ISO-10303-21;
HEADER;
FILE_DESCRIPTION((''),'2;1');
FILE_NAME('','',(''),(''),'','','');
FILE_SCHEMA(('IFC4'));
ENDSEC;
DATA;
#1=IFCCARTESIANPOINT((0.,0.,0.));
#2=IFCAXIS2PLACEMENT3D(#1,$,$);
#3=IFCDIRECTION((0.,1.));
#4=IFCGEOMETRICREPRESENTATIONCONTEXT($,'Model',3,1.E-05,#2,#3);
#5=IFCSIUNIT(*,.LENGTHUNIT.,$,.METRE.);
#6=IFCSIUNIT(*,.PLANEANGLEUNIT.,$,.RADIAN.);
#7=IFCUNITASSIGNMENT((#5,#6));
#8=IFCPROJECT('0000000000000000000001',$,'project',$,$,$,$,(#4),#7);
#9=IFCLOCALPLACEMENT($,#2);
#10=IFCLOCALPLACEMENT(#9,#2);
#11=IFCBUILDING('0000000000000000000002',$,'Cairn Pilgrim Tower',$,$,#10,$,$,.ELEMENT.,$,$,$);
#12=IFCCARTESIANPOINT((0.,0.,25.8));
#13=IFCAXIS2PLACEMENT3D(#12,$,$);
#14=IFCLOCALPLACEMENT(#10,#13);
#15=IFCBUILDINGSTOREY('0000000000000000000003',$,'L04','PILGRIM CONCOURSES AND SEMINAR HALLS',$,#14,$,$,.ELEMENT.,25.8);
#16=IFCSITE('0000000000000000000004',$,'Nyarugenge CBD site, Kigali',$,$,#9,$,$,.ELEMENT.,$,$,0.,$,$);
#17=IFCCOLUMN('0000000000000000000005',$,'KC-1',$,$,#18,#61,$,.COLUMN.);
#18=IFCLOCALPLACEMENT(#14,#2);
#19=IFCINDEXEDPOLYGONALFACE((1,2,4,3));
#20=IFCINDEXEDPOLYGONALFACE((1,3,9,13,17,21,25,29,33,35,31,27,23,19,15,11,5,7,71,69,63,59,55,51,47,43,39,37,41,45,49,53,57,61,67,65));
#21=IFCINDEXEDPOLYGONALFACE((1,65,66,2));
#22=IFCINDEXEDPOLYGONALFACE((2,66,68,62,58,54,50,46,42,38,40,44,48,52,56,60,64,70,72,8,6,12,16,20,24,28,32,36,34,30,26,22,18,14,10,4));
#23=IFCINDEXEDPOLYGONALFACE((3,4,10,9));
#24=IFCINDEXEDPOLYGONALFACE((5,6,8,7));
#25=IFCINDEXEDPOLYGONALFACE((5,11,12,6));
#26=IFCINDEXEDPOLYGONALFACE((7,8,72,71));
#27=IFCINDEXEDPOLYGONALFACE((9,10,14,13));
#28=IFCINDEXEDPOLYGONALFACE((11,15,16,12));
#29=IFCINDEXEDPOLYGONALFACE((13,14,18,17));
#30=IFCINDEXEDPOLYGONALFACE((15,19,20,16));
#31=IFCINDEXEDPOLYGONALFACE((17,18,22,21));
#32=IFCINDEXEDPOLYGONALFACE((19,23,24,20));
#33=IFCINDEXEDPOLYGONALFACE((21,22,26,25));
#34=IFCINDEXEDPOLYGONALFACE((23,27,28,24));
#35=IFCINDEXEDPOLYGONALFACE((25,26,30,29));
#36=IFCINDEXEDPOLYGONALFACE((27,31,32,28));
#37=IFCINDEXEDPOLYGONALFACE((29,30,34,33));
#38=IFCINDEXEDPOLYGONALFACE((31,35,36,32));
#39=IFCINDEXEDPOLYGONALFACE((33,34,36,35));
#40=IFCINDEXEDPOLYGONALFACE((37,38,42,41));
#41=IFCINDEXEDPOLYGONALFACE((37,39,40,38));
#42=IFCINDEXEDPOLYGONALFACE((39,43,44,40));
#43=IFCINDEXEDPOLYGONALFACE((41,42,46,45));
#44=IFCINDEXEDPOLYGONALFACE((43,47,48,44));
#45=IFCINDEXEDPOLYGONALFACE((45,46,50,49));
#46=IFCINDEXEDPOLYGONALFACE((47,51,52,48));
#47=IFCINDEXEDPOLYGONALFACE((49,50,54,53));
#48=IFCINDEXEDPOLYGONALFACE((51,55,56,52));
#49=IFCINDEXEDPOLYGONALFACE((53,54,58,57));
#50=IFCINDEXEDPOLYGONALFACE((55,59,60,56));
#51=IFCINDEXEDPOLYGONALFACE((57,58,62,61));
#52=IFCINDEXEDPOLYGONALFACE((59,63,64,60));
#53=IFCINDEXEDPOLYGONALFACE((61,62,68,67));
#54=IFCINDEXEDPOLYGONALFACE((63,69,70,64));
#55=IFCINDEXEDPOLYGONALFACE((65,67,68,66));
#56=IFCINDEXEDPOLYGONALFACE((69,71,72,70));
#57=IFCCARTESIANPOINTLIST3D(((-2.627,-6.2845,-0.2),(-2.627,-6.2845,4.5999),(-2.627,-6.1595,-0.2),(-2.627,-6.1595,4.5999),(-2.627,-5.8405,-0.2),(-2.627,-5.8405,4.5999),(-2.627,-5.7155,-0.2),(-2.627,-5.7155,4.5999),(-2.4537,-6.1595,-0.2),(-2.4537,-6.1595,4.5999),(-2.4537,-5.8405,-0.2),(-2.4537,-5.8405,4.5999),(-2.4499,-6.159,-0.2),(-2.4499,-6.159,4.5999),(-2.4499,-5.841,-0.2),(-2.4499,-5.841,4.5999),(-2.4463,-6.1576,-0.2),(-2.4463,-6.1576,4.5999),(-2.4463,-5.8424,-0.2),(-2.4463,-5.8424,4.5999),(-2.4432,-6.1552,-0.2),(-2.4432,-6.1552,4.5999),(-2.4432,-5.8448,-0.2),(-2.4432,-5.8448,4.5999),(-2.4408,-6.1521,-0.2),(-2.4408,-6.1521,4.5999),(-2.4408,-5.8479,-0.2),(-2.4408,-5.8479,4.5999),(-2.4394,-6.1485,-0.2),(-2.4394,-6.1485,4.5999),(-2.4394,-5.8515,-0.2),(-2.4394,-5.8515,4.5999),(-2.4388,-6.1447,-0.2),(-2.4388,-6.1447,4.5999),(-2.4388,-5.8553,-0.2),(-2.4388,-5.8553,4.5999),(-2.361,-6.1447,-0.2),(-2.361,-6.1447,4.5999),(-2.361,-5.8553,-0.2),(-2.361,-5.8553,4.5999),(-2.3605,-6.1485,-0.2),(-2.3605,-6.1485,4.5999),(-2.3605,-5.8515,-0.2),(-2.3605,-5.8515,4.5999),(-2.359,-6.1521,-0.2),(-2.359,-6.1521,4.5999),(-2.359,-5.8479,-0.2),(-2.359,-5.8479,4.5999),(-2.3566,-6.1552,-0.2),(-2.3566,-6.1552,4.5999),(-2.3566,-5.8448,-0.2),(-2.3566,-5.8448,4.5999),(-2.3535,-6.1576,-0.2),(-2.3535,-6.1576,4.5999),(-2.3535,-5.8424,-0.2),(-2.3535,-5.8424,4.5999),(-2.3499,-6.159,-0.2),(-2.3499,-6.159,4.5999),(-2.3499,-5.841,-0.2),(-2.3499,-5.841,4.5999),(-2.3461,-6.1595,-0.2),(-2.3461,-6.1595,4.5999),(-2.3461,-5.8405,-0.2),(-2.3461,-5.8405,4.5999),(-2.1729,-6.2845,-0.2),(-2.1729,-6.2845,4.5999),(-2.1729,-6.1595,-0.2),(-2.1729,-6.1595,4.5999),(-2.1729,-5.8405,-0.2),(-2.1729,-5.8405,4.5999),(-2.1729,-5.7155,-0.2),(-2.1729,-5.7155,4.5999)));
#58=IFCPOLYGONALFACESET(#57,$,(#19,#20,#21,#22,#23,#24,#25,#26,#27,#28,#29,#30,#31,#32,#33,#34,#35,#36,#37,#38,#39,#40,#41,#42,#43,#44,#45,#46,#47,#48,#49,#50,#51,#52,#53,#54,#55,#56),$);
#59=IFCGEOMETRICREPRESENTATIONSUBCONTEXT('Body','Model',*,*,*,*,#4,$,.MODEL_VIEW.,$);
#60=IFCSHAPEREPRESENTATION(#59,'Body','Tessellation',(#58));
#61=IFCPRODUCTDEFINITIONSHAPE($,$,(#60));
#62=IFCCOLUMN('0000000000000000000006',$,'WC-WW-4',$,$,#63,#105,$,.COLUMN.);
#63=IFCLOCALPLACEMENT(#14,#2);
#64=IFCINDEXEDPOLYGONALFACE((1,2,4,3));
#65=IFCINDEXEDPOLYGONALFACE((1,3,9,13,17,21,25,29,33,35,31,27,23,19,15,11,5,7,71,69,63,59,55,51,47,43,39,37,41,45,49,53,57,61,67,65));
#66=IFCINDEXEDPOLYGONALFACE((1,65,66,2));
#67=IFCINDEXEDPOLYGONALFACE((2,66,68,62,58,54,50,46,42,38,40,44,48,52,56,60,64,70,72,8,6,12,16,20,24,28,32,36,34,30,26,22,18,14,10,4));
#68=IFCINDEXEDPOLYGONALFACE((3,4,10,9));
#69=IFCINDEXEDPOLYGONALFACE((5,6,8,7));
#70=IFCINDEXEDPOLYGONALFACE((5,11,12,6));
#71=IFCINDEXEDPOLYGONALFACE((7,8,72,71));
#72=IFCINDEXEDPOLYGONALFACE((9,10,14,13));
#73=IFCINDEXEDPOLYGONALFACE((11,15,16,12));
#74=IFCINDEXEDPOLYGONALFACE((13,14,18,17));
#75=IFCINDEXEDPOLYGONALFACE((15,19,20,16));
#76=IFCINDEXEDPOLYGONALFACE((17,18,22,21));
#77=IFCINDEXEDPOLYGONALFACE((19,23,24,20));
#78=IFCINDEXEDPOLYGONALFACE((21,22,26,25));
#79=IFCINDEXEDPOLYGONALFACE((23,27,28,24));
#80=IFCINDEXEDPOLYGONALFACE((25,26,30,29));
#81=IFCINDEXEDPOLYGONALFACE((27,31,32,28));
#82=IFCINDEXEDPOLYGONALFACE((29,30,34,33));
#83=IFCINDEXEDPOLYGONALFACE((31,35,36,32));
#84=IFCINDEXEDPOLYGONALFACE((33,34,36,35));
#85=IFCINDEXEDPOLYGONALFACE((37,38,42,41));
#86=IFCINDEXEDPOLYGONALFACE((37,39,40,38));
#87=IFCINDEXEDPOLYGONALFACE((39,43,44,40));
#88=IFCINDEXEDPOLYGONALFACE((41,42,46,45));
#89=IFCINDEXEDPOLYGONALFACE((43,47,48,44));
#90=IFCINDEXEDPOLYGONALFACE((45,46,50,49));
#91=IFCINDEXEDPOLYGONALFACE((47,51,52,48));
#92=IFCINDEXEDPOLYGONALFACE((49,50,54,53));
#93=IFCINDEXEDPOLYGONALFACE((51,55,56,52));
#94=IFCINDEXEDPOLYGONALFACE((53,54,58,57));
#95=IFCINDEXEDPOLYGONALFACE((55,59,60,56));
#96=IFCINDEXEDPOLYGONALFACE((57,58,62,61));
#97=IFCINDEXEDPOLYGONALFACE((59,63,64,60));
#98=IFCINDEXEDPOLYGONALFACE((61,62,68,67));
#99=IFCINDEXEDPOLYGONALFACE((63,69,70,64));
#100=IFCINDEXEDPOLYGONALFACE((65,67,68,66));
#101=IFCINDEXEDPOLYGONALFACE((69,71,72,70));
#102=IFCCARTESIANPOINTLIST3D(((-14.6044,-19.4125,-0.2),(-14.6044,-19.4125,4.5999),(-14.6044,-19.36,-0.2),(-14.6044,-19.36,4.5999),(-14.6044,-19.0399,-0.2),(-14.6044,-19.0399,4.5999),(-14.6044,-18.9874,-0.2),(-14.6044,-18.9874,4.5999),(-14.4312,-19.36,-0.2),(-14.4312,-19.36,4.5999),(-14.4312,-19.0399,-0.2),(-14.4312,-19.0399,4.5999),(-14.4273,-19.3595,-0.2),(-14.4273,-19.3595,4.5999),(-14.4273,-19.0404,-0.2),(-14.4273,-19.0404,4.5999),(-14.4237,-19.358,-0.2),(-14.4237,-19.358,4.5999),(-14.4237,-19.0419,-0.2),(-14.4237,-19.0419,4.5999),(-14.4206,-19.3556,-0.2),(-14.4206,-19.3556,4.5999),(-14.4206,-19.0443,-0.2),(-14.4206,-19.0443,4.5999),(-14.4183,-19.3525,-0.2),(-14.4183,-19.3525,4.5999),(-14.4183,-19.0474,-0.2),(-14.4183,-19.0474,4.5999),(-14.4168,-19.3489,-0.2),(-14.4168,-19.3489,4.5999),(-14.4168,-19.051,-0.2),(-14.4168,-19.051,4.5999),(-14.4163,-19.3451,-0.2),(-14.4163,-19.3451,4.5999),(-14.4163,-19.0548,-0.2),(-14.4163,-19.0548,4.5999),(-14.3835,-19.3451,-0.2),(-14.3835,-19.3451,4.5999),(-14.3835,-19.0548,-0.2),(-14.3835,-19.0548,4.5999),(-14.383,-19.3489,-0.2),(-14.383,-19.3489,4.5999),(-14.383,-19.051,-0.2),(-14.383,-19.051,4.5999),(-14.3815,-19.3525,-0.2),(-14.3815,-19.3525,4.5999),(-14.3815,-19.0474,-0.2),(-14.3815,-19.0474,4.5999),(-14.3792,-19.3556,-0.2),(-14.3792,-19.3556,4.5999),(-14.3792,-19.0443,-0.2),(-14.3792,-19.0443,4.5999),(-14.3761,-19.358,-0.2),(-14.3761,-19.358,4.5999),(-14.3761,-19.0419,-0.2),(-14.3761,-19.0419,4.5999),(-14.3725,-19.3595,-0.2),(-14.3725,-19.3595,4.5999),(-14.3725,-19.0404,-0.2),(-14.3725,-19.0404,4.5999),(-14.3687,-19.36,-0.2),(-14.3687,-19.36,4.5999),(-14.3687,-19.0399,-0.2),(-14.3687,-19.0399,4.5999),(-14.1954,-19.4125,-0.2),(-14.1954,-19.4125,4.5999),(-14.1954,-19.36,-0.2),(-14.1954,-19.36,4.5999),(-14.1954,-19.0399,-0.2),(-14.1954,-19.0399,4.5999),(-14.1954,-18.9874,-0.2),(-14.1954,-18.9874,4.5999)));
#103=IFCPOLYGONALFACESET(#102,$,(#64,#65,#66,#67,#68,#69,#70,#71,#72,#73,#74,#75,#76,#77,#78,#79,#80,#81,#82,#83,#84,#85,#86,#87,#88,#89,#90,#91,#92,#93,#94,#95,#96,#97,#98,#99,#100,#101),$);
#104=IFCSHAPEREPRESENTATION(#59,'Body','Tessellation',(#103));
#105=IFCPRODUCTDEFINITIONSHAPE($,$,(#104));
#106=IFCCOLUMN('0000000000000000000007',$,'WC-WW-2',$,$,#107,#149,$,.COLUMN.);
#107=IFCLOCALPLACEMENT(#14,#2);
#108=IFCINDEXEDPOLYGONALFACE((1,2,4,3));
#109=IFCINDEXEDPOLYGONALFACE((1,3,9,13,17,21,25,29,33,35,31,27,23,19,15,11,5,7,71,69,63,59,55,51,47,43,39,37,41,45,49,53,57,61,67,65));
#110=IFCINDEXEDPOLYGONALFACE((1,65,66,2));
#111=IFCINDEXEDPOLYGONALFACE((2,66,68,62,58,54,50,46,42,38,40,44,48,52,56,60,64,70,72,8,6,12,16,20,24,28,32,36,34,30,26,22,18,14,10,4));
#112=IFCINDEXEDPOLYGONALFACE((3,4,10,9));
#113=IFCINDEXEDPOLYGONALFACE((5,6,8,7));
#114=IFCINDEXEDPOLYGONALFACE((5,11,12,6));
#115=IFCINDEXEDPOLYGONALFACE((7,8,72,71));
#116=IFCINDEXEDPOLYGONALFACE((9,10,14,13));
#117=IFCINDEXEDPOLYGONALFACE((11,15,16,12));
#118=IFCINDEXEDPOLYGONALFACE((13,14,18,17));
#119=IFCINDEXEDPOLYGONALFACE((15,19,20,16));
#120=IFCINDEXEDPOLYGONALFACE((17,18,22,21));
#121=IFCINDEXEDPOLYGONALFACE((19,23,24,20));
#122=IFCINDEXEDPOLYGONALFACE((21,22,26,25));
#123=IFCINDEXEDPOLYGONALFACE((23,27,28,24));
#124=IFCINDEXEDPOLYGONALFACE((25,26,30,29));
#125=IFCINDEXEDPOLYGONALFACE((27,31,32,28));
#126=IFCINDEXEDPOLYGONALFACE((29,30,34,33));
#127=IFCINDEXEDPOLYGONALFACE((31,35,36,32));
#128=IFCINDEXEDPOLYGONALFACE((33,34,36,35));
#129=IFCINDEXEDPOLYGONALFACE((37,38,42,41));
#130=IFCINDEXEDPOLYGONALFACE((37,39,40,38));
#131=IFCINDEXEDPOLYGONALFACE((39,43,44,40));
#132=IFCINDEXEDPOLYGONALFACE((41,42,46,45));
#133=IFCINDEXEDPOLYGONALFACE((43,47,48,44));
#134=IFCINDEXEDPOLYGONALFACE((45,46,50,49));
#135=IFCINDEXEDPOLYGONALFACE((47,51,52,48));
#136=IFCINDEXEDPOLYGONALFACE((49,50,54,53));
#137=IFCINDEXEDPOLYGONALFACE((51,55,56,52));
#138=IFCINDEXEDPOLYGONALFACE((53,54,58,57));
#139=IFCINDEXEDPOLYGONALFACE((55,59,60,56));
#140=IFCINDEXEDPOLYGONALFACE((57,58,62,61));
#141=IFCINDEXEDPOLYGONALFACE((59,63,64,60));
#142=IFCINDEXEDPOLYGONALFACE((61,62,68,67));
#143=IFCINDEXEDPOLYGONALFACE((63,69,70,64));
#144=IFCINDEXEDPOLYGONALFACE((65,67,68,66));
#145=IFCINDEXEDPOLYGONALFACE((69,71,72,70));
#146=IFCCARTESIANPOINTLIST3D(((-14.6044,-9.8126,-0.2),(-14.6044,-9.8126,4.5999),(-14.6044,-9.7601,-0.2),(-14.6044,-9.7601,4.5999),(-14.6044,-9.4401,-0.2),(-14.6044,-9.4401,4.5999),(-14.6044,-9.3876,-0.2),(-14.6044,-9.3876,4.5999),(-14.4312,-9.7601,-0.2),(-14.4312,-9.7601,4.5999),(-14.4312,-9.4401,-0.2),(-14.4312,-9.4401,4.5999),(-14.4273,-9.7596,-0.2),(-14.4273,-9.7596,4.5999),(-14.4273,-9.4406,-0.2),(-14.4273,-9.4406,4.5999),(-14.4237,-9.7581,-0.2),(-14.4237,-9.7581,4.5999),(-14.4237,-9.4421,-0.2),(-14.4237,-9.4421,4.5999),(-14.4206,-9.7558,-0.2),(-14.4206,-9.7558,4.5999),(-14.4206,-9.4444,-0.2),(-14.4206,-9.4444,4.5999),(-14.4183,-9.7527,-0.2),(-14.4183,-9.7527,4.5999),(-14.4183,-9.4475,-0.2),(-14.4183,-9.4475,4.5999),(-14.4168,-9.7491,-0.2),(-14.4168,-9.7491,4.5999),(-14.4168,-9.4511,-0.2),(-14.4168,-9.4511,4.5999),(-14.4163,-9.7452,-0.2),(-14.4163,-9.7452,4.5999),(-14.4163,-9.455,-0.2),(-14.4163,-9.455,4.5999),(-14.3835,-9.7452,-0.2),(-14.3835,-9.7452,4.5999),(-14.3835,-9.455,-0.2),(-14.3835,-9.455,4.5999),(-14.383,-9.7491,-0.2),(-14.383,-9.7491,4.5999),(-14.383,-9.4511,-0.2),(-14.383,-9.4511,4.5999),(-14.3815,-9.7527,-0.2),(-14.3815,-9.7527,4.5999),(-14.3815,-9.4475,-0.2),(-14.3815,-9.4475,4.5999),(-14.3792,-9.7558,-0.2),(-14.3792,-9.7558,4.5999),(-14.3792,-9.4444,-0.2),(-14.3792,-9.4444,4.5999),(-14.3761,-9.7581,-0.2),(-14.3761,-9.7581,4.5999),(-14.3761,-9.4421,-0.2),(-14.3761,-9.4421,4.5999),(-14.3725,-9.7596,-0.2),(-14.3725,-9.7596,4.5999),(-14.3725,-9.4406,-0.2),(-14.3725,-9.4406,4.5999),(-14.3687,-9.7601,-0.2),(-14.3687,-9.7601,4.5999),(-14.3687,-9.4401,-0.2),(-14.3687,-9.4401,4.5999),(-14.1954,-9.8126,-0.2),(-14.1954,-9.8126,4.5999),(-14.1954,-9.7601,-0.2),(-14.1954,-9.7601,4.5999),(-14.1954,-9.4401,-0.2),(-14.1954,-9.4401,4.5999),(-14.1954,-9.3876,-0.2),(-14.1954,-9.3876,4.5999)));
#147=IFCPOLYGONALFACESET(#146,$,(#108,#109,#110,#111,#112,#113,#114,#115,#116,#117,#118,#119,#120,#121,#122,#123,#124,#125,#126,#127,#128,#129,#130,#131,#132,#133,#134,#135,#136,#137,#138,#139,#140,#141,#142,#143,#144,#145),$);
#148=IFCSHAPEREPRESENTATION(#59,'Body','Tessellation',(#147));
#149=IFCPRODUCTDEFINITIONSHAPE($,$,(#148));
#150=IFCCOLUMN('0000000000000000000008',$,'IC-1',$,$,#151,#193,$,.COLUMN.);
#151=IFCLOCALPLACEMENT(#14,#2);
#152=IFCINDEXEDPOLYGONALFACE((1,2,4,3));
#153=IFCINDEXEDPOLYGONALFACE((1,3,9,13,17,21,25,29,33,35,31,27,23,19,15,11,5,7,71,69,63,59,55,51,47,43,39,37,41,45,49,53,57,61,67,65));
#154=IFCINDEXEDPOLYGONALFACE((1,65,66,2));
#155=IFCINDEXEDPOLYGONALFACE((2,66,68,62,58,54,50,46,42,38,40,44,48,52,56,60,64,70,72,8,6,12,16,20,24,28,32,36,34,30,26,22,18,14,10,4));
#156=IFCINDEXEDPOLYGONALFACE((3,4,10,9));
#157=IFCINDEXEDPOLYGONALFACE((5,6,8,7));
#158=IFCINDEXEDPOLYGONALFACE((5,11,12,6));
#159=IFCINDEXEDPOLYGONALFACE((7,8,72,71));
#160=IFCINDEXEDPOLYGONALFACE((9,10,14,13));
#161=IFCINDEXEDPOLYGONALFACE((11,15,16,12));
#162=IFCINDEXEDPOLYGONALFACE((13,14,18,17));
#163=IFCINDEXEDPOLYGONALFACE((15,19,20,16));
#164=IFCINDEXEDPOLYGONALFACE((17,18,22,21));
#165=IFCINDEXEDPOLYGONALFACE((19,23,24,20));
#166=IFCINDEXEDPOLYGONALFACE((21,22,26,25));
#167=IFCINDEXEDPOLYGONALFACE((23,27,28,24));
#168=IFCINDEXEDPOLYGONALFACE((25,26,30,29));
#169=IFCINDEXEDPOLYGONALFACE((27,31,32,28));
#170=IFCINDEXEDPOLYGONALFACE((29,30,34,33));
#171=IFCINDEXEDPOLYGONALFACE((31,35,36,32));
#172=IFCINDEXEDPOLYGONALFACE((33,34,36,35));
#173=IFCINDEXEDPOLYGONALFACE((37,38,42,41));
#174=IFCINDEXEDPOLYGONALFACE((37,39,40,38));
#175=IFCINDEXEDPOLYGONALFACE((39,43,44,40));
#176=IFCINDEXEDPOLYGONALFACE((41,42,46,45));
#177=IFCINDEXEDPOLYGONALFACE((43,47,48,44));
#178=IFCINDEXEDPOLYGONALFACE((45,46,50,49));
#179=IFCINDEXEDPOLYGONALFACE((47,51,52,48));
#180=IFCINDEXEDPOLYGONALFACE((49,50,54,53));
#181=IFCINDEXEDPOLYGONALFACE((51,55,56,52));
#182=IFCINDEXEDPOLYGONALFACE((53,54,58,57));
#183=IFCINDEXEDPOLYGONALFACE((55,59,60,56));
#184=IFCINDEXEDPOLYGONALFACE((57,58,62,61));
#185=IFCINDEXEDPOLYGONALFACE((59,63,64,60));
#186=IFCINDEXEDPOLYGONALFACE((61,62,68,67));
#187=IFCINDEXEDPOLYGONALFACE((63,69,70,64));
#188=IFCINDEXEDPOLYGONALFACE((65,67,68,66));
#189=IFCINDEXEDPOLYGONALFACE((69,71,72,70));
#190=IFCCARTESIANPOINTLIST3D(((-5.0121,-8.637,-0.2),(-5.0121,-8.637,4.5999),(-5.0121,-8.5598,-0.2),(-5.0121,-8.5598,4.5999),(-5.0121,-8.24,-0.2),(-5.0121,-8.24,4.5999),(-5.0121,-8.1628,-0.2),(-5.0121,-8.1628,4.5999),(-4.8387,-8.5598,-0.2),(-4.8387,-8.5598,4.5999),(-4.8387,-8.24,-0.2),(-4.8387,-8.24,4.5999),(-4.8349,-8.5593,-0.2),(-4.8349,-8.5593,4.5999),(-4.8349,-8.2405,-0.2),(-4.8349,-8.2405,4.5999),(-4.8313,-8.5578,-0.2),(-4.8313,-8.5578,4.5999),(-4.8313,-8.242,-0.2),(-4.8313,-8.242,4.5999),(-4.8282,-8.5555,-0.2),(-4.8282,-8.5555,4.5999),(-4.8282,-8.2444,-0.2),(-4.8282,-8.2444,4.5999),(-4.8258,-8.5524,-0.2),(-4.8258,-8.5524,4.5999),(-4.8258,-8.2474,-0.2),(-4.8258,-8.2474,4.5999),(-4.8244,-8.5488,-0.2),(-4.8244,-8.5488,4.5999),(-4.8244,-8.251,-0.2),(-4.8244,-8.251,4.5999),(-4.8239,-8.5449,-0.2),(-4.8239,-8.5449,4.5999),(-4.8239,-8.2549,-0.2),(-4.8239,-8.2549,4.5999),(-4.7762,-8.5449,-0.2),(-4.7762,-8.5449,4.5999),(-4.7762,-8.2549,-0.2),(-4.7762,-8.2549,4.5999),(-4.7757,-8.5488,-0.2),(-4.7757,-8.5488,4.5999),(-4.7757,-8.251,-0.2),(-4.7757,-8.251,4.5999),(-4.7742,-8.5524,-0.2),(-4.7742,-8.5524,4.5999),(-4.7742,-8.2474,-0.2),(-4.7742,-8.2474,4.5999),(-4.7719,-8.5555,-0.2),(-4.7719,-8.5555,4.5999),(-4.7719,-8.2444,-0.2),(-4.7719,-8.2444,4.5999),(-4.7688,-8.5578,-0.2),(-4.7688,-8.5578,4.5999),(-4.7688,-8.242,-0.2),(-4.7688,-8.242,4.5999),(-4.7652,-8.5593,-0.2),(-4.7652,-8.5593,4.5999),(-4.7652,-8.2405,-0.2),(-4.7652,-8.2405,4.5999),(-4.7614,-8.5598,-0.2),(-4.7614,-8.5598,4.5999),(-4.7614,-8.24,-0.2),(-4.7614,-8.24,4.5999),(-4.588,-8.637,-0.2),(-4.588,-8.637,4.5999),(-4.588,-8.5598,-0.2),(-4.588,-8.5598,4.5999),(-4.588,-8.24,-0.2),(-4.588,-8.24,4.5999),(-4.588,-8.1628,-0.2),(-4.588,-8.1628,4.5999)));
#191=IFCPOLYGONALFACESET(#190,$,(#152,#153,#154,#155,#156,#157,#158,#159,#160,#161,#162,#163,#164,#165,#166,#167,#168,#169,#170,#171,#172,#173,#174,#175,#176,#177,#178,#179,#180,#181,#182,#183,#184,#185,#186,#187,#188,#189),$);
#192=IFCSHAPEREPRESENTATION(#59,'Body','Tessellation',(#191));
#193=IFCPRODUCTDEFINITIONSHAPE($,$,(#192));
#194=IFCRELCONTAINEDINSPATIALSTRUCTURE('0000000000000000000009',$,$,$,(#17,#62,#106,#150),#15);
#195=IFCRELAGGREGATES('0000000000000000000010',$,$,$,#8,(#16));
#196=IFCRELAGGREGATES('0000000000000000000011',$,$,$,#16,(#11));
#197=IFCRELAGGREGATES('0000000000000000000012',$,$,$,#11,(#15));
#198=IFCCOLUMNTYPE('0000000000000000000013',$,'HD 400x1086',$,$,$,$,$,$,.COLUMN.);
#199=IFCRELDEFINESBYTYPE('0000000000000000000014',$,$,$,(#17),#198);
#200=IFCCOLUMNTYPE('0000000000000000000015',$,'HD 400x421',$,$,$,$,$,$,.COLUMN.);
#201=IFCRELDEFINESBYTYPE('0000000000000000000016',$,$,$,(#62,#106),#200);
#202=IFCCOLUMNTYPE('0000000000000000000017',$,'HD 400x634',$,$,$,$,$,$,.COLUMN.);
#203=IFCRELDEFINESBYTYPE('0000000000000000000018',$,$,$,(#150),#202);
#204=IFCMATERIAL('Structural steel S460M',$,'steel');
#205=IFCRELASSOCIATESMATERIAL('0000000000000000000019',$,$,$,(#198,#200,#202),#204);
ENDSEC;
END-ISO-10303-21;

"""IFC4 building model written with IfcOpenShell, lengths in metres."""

from ifc_helpers import new_model, si_unit, direction, frame, origin, origin_2d, place, context, subcontext, project, spatial, i_section, extrude, material, material_profile, profile_set, type_object, element, save


model = new_model("IFC4")

# Units and contexts
model_context = context("Model", 3, precision=1e-05, world=origin(), true_north=direction((0.0, 1.0)))
body_context = subcontext(model_context, "Body", "Model", "MODEL_VIEW")
ifc_project = project(units=[si_unit("LENGTHUNIT", "METRE"), si_unit("PLANEANGLEUNIT", "RADIAN")], contexts=[model_context])

# Site, building, storey
site_placement = place(None, origin())
site = spatial("IfcSite", under=ifc_project, at=site_placement, Name="Nyarugenge CBD site, Kigali", CompositionType="ELEMENT", RefElevation=0.0)
building_placement = place(site_placement, origin())
building = spatial("IfcBuilding", under=site, at=building_placement, Name="Cairn Pilgrim Tower", CompositionType="ELEMENT")
storey_placement = place(building_placement, frame((0.0, 0.0, 25.8)))
storey = spatial("IfcBuildingStorey", under=building, at=storey_placement, Name="L04", Description="PILGRIM CONCOURSES AND SEMINAR HALLS", CompositionType="ELEMENT", Elevation=25.8)

# Columns
ifc_material_1 = material(Name="Structural steel S460M", Category="steel")
ifc_material_profile_1 = material_profile(ifc_material_1, i_section(OverallWidth=0.4541, OverallDepth=0.5691, WebThickness=0.0779, FlangeThickness=0.125, FilletRadius=0.0149, at=origin_2d()), Name="HD 400x1086")
ifc_profile_set_1 = profile_set([ifc_material_profile_1], Name="Structural steel S460M")
column_type_1 = type_object("IfcColumnType", Name="HD 400x1086", PredefinedType="COLUMN", material=ifc_profile_set_1)
column_1_placement = place(storey_placement, frame((-2.3999, -6.0, -0.2), z_axis=(0.0, 0.0, 1.0), x_axis=(1.0, 0.0, 0.0)))
element("IfcColumn", 1, at=column_1_placement, inside=storey, type_object=column_type_1, Name="KC-1", PredefinedType="COLUMN", context=body_context, shape_type="SweptSolid", body=[
    extrude(i_section(OverallWidth=0.4541, OverallDepth=0.5691, WebThickness=0.0779, FlangeThickness=0.125, FilletRadius=0.0149, at=origin_2d()), origin(), (0.0, 0.0, 1.0), 4.7998),
])
ifc_material_profile_2 = material_profile(ifc_material_1, i_section(OverallWidth=0.4089, OverallDepth=0.425, WebThickness=0.0327, FlangeThickness=0.0525, FilletRadius=0.0149, at=origin_2d()), Name="HD 400x421")
ifc_profile_set_2 = profile_set([ifc_material_profile_2], Name="Structural steel S460M")
column_type_2 = type_object("IfcColumnType", Name="HD 400x421", PredefinedType="COLUMN", material=ifc_profile_set_2)
for number, where, z_axis, x_axis, name in (
    (2, (-14.3999, -19.2, -0.2), (0.0, 0.0, 1.0), (1.0, 0.0, 0.0), "WC-WW-4"),
    (3, (-14.3999, -9.6001, -0.2), (0.0, 0.0, 1.0), (1.0, 0.0, 0.0), "WC-WW-2"),
):
    element("IfcColumn", number, at=place(storey_placement, frame(where, z_axis=z_axis, x_axis=x_axis)), inside=storey, type_object=column_type_2, Name=name, PredefinedType="COLUMN", context=body_context, shape_type="SweptSolid", body=[
        extrude(i_section(OverallWidth=0.4089, OverallDepth=0.425, WebThickness=0.0327, FlangeThickness=0.0525, FilletRadius=0.0149, at=origin_2d()), origin(), (0.0, 0.0, 1.0), 4.7998),
    ])
ifc_material_profile_3 = material_profile(ifc_material_1, i_section(OverallWidth=0.4241, OverallDepth=0.4741, WebThickness=0.0476, FlangeThickness=0.0771, FilletRadius=0.0149, at=origin_2d()), Name="HD 400x634")
ifc_profile_set_3 = profile_set([ifc_material_profile_3], Name="Structural steel S460M")
column_type_3 = type_object("IfcColumnType", Name="HD 400x634", PredefinedType="COLUMN", material=ifc_profile_set_3)
column_2_placement = place(storey_placement, frame((-4.8, -8.3999, -0.2), z_axis=(0.0, 0.0, 1.0), x_axis=(1.0, 0.0, 0.0)))
element("IfcColumn", 4, at=column_2_placement, inside=storey, type_object=column_type_3, Name="IC-1", PredefinedType="COLUMN", context=body_context, shape_type="SweptSolid", body=[
    extrude(i_section(OverallWidth=0.4241, OverallDepth=0.4741, WebThickness=0.0476, FlangeThickness=0.0771, FilletRadius=0.0149, at=origin_2d()), origin(), (0.0, 0.0, 1.0), 4.7998),
])

save(model, "model.ifc")
